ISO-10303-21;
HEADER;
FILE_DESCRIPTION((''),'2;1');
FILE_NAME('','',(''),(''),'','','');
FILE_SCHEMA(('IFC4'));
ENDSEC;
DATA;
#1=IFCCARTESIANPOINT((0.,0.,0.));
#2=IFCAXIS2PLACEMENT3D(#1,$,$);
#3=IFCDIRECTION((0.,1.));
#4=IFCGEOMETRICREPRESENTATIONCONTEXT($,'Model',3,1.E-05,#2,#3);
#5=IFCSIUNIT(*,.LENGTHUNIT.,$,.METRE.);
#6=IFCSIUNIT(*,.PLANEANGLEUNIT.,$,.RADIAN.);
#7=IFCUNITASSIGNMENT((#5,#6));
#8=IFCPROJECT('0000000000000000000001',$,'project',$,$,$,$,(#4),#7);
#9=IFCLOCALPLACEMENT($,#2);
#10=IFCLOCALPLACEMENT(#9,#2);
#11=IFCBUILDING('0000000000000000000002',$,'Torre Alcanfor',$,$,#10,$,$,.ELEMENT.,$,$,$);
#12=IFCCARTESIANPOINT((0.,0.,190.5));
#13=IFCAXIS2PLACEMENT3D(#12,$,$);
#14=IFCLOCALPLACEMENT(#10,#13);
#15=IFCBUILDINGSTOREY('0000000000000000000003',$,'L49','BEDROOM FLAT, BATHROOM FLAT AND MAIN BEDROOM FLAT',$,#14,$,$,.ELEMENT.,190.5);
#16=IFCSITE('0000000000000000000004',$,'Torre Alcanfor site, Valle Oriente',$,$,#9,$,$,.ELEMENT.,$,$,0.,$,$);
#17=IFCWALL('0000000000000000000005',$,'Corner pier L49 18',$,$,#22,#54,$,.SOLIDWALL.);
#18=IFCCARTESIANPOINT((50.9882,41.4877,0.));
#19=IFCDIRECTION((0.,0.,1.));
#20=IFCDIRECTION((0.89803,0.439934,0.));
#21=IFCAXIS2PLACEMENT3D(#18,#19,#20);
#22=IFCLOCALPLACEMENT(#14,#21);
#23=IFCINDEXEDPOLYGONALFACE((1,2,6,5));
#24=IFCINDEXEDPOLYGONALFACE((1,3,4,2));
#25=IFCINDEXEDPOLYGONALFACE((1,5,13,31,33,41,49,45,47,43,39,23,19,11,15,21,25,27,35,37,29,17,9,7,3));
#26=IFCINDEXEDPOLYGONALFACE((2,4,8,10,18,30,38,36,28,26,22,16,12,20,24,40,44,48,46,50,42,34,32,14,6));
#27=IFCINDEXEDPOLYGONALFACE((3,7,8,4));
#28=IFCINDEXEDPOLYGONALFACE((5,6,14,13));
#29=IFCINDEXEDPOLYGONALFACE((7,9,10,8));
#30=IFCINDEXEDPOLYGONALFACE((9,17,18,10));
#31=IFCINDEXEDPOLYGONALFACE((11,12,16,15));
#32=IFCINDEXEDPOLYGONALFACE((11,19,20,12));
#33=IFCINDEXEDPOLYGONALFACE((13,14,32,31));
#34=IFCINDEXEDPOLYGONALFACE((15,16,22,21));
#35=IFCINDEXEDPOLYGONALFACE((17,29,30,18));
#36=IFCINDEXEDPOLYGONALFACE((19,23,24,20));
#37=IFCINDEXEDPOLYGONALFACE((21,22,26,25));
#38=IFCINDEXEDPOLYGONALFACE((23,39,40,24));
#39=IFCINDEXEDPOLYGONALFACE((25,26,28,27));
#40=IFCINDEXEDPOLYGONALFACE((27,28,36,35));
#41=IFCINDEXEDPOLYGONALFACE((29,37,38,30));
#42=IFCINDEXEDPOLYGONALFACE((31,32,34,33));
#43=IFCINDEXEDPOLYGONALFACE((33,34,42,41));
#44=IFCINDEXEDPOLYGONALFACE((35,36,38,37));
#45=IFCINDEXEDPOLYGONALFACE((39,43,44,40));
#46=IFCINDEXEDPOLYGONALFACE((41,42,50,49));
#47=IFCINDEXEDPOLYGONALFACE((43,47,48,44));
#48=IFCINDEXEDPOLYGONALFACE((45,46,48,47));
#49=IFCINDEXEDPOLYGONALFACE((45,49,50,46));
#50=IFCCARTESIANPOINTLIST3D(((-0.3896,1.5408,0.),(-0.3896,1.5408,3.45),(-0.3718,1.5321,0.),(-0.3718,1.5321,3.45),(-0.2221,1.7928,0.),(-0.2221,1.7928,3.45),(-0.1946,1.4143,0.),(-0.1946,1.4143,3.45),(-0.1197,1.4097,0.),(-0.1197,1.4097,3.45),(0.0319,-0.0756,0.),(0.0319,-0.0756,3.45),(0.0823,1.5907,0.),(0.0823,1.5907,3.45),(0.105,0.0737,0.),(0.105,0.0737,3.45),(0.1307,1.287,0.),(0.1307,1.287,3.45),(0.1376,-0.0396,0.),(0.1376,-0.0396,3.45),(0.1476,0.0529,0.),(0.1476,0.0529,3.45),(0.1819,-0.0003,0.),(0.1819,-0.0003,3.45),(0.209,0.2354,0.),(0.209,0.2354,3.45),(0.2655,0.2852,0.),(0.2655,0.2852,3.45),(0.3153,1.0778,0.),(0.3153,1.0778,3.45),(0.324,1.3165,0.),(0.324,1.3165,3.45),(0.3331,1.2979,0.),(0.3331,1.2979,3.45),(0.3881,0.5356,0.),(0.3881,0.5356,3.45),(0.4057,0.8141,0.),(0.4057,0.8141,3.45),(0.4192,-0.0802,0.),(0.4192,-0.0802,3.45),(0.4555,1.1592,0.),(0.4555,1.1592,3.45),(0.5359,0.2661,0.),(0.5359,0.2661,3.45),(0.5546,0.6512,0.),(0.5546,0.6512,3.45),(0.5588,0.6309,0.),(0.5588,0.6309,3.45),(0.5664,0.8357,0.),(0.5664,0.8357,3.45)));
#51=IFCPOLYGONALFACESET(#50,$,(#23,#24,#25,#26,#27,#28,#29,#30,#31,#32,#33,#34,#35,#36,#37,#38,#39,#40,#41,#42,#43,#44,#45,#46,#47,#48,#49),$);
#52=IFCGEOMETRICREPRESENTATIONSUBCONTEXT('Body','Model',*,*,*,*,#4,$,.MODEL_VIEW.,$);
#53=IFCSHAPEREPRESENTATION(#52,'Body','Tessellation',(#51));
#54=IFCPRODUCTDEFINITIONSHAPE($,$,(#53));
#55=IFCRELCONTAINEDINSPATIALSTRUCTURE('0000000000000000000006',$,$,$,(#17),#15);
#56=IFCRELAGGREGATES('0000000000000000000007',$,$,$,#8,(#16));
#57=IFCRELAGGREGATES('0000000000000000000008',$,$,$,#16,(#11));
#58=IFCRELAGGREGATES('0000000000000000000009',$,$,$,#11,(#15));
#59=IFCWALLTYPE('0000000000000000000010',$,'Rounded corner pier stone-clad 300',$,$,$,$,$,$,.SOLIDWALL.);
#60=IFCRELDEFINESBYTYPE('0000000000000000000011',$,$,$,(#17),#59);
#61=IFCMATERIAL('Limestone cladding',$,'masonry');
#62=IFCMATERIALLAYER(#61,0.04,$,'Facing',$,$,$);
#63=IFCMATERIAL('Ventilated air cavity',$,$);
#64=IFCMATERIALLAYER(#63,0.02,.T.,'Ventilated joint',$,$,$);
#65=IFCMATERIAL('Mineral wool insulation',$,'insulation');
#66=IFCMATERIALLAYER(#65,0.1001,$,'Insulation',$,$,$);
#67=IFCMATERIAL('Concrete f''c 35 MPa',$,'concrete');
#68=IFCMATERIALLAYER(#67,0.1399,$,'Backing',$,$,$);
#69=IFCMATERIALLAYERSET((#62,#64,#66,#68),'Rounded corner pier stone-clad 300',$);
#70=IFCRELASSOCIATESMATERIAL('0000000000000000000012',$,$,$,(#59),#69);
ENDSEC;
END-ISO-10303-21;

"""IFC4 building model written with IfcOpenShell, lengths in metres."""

from ifc_helpers import new_model, si_unit, direction, frame, origin, place, context, subcontext, project, spatial, polyline, outline, extrude, material, layer, layer_set, type_object, element, save


model = new_model("IFC4")

# Units and contexts
model_context = context("Model", 3, precision=1e-05, world=origin(), true_north=direction((0.0, 1.0)))
body_context = subcontext(model_context, "Body", "Model", "MODEL_VIEW")
ifc_project = project(units=[si_unit("LENGTHUNIT", "METRE"), si_unit("PLANEANGLEUNIT", "RADIAN")], contexts=[model_context])

# Site, building, storey
site_placement = place(None, origin())
site = spatial("IfcSite", under=ifc_project, at=site_placement, Name="Torre Alcanfor site, Valle Oriente", CompositionType="ELEMENT", RefElevation=0.0)
building_placement = place(site_placement, origin())
building = spatial("IfcBuilding", under=site, at=building_placement, Name="Torre Alcanfor", CompositionType="ELEMENT")
storey_placement = place(building_placement, frame((0.0, 0.0, 190.5)))
storey = spatial("IfcBuildingStorey", under=building, at=storey_placement, Name="L49", Description="BEDROOM FLAT, BATHROOM FLAT AND MAIN BEDROOM FLAT", CompositionType="ELEMENT", Elevation=190.5)

# Wall
ifc_material_1 = material(Name="Limestone cladding", Category="masonry")
ifc_layer_1 = layer(ifc_material_1, 0.04, Name="Facing")
ifc_material_2 = material(Name="Ventilated air cavity")
ifc_layer_2 = layer(ifc_material_2, 0.02, ventilated=True, Name="Ventilated joint")
ifc_material_3 = material(Name="Mineral wool insulation", Category="insulation")
ifc_layer_3 = layer(ifc_material_3, 0.1001, Name="Insulation")
ifc_material_4 = material(Name="Concrete f'c 35 MPa", Category="concrete")
ifc_layer_4 = layer(ifc_material_4, 0.1399, Name="Backing")
ifc_layer_set_1 = layer_set([ifc_layer_1, ifc_layer_2, ifc_layer_3, ifc_layer_4], Name="Rounded corner pier stone-clad 300")
wall_type_1 = type_object("IfcWallType", Name="Rounded corner pier stone-clad 300", PredefinedType="SOLIDWALL", material=ifc_layer_set_1)
wall_1_placement = place(storey_placement, frame((50.9882, 41.4877, 0.0), z_axis=(0.0, 0.0, 1.0), x_axis=(0.89803, 0.439934, 0.0)))
element("IfcWall", 1, at=wall_1_placement, inside=storey, type_object=wall_type_1, Name="Corner pier L49 18", PredefinedType="SOLIDWALL", context=body_context, shape_type="SweptSolid", body=[
    extrude(outline(polyline([(0.1376, -0.0396), (0.1819, -0.0003), (0.4192, -0.0802), (0.5359, 0.2661), (0.5588, 0.6309), (0.5546, 0.6512), (0.5664, 0.8357), (0.4555, 1.1592), (0.3331, 1.2979), (0.324, 1.3165), (0.0823, 1.5907), (-0.2221, 1.7928), (-0.3896, 1.5408), (-0.3718, 1.5321), (-0.1946, 1.4143), (-0.1197, 1.4097), (0.1307, 1.287), (0.3153, 1.0778), (0.4057, 0.8141), (0.3881, 0.5356), (0.2655, 0.2852), (0.209, 0.2354), (0.1476, 0.0529), (0.105, 0.0737), (0.0319, -0.0756), (0.1376, -0.0396)])), origin(), (0.0, 0.0, 1.0), 3.45),
])

save(model, "model.ifc")
